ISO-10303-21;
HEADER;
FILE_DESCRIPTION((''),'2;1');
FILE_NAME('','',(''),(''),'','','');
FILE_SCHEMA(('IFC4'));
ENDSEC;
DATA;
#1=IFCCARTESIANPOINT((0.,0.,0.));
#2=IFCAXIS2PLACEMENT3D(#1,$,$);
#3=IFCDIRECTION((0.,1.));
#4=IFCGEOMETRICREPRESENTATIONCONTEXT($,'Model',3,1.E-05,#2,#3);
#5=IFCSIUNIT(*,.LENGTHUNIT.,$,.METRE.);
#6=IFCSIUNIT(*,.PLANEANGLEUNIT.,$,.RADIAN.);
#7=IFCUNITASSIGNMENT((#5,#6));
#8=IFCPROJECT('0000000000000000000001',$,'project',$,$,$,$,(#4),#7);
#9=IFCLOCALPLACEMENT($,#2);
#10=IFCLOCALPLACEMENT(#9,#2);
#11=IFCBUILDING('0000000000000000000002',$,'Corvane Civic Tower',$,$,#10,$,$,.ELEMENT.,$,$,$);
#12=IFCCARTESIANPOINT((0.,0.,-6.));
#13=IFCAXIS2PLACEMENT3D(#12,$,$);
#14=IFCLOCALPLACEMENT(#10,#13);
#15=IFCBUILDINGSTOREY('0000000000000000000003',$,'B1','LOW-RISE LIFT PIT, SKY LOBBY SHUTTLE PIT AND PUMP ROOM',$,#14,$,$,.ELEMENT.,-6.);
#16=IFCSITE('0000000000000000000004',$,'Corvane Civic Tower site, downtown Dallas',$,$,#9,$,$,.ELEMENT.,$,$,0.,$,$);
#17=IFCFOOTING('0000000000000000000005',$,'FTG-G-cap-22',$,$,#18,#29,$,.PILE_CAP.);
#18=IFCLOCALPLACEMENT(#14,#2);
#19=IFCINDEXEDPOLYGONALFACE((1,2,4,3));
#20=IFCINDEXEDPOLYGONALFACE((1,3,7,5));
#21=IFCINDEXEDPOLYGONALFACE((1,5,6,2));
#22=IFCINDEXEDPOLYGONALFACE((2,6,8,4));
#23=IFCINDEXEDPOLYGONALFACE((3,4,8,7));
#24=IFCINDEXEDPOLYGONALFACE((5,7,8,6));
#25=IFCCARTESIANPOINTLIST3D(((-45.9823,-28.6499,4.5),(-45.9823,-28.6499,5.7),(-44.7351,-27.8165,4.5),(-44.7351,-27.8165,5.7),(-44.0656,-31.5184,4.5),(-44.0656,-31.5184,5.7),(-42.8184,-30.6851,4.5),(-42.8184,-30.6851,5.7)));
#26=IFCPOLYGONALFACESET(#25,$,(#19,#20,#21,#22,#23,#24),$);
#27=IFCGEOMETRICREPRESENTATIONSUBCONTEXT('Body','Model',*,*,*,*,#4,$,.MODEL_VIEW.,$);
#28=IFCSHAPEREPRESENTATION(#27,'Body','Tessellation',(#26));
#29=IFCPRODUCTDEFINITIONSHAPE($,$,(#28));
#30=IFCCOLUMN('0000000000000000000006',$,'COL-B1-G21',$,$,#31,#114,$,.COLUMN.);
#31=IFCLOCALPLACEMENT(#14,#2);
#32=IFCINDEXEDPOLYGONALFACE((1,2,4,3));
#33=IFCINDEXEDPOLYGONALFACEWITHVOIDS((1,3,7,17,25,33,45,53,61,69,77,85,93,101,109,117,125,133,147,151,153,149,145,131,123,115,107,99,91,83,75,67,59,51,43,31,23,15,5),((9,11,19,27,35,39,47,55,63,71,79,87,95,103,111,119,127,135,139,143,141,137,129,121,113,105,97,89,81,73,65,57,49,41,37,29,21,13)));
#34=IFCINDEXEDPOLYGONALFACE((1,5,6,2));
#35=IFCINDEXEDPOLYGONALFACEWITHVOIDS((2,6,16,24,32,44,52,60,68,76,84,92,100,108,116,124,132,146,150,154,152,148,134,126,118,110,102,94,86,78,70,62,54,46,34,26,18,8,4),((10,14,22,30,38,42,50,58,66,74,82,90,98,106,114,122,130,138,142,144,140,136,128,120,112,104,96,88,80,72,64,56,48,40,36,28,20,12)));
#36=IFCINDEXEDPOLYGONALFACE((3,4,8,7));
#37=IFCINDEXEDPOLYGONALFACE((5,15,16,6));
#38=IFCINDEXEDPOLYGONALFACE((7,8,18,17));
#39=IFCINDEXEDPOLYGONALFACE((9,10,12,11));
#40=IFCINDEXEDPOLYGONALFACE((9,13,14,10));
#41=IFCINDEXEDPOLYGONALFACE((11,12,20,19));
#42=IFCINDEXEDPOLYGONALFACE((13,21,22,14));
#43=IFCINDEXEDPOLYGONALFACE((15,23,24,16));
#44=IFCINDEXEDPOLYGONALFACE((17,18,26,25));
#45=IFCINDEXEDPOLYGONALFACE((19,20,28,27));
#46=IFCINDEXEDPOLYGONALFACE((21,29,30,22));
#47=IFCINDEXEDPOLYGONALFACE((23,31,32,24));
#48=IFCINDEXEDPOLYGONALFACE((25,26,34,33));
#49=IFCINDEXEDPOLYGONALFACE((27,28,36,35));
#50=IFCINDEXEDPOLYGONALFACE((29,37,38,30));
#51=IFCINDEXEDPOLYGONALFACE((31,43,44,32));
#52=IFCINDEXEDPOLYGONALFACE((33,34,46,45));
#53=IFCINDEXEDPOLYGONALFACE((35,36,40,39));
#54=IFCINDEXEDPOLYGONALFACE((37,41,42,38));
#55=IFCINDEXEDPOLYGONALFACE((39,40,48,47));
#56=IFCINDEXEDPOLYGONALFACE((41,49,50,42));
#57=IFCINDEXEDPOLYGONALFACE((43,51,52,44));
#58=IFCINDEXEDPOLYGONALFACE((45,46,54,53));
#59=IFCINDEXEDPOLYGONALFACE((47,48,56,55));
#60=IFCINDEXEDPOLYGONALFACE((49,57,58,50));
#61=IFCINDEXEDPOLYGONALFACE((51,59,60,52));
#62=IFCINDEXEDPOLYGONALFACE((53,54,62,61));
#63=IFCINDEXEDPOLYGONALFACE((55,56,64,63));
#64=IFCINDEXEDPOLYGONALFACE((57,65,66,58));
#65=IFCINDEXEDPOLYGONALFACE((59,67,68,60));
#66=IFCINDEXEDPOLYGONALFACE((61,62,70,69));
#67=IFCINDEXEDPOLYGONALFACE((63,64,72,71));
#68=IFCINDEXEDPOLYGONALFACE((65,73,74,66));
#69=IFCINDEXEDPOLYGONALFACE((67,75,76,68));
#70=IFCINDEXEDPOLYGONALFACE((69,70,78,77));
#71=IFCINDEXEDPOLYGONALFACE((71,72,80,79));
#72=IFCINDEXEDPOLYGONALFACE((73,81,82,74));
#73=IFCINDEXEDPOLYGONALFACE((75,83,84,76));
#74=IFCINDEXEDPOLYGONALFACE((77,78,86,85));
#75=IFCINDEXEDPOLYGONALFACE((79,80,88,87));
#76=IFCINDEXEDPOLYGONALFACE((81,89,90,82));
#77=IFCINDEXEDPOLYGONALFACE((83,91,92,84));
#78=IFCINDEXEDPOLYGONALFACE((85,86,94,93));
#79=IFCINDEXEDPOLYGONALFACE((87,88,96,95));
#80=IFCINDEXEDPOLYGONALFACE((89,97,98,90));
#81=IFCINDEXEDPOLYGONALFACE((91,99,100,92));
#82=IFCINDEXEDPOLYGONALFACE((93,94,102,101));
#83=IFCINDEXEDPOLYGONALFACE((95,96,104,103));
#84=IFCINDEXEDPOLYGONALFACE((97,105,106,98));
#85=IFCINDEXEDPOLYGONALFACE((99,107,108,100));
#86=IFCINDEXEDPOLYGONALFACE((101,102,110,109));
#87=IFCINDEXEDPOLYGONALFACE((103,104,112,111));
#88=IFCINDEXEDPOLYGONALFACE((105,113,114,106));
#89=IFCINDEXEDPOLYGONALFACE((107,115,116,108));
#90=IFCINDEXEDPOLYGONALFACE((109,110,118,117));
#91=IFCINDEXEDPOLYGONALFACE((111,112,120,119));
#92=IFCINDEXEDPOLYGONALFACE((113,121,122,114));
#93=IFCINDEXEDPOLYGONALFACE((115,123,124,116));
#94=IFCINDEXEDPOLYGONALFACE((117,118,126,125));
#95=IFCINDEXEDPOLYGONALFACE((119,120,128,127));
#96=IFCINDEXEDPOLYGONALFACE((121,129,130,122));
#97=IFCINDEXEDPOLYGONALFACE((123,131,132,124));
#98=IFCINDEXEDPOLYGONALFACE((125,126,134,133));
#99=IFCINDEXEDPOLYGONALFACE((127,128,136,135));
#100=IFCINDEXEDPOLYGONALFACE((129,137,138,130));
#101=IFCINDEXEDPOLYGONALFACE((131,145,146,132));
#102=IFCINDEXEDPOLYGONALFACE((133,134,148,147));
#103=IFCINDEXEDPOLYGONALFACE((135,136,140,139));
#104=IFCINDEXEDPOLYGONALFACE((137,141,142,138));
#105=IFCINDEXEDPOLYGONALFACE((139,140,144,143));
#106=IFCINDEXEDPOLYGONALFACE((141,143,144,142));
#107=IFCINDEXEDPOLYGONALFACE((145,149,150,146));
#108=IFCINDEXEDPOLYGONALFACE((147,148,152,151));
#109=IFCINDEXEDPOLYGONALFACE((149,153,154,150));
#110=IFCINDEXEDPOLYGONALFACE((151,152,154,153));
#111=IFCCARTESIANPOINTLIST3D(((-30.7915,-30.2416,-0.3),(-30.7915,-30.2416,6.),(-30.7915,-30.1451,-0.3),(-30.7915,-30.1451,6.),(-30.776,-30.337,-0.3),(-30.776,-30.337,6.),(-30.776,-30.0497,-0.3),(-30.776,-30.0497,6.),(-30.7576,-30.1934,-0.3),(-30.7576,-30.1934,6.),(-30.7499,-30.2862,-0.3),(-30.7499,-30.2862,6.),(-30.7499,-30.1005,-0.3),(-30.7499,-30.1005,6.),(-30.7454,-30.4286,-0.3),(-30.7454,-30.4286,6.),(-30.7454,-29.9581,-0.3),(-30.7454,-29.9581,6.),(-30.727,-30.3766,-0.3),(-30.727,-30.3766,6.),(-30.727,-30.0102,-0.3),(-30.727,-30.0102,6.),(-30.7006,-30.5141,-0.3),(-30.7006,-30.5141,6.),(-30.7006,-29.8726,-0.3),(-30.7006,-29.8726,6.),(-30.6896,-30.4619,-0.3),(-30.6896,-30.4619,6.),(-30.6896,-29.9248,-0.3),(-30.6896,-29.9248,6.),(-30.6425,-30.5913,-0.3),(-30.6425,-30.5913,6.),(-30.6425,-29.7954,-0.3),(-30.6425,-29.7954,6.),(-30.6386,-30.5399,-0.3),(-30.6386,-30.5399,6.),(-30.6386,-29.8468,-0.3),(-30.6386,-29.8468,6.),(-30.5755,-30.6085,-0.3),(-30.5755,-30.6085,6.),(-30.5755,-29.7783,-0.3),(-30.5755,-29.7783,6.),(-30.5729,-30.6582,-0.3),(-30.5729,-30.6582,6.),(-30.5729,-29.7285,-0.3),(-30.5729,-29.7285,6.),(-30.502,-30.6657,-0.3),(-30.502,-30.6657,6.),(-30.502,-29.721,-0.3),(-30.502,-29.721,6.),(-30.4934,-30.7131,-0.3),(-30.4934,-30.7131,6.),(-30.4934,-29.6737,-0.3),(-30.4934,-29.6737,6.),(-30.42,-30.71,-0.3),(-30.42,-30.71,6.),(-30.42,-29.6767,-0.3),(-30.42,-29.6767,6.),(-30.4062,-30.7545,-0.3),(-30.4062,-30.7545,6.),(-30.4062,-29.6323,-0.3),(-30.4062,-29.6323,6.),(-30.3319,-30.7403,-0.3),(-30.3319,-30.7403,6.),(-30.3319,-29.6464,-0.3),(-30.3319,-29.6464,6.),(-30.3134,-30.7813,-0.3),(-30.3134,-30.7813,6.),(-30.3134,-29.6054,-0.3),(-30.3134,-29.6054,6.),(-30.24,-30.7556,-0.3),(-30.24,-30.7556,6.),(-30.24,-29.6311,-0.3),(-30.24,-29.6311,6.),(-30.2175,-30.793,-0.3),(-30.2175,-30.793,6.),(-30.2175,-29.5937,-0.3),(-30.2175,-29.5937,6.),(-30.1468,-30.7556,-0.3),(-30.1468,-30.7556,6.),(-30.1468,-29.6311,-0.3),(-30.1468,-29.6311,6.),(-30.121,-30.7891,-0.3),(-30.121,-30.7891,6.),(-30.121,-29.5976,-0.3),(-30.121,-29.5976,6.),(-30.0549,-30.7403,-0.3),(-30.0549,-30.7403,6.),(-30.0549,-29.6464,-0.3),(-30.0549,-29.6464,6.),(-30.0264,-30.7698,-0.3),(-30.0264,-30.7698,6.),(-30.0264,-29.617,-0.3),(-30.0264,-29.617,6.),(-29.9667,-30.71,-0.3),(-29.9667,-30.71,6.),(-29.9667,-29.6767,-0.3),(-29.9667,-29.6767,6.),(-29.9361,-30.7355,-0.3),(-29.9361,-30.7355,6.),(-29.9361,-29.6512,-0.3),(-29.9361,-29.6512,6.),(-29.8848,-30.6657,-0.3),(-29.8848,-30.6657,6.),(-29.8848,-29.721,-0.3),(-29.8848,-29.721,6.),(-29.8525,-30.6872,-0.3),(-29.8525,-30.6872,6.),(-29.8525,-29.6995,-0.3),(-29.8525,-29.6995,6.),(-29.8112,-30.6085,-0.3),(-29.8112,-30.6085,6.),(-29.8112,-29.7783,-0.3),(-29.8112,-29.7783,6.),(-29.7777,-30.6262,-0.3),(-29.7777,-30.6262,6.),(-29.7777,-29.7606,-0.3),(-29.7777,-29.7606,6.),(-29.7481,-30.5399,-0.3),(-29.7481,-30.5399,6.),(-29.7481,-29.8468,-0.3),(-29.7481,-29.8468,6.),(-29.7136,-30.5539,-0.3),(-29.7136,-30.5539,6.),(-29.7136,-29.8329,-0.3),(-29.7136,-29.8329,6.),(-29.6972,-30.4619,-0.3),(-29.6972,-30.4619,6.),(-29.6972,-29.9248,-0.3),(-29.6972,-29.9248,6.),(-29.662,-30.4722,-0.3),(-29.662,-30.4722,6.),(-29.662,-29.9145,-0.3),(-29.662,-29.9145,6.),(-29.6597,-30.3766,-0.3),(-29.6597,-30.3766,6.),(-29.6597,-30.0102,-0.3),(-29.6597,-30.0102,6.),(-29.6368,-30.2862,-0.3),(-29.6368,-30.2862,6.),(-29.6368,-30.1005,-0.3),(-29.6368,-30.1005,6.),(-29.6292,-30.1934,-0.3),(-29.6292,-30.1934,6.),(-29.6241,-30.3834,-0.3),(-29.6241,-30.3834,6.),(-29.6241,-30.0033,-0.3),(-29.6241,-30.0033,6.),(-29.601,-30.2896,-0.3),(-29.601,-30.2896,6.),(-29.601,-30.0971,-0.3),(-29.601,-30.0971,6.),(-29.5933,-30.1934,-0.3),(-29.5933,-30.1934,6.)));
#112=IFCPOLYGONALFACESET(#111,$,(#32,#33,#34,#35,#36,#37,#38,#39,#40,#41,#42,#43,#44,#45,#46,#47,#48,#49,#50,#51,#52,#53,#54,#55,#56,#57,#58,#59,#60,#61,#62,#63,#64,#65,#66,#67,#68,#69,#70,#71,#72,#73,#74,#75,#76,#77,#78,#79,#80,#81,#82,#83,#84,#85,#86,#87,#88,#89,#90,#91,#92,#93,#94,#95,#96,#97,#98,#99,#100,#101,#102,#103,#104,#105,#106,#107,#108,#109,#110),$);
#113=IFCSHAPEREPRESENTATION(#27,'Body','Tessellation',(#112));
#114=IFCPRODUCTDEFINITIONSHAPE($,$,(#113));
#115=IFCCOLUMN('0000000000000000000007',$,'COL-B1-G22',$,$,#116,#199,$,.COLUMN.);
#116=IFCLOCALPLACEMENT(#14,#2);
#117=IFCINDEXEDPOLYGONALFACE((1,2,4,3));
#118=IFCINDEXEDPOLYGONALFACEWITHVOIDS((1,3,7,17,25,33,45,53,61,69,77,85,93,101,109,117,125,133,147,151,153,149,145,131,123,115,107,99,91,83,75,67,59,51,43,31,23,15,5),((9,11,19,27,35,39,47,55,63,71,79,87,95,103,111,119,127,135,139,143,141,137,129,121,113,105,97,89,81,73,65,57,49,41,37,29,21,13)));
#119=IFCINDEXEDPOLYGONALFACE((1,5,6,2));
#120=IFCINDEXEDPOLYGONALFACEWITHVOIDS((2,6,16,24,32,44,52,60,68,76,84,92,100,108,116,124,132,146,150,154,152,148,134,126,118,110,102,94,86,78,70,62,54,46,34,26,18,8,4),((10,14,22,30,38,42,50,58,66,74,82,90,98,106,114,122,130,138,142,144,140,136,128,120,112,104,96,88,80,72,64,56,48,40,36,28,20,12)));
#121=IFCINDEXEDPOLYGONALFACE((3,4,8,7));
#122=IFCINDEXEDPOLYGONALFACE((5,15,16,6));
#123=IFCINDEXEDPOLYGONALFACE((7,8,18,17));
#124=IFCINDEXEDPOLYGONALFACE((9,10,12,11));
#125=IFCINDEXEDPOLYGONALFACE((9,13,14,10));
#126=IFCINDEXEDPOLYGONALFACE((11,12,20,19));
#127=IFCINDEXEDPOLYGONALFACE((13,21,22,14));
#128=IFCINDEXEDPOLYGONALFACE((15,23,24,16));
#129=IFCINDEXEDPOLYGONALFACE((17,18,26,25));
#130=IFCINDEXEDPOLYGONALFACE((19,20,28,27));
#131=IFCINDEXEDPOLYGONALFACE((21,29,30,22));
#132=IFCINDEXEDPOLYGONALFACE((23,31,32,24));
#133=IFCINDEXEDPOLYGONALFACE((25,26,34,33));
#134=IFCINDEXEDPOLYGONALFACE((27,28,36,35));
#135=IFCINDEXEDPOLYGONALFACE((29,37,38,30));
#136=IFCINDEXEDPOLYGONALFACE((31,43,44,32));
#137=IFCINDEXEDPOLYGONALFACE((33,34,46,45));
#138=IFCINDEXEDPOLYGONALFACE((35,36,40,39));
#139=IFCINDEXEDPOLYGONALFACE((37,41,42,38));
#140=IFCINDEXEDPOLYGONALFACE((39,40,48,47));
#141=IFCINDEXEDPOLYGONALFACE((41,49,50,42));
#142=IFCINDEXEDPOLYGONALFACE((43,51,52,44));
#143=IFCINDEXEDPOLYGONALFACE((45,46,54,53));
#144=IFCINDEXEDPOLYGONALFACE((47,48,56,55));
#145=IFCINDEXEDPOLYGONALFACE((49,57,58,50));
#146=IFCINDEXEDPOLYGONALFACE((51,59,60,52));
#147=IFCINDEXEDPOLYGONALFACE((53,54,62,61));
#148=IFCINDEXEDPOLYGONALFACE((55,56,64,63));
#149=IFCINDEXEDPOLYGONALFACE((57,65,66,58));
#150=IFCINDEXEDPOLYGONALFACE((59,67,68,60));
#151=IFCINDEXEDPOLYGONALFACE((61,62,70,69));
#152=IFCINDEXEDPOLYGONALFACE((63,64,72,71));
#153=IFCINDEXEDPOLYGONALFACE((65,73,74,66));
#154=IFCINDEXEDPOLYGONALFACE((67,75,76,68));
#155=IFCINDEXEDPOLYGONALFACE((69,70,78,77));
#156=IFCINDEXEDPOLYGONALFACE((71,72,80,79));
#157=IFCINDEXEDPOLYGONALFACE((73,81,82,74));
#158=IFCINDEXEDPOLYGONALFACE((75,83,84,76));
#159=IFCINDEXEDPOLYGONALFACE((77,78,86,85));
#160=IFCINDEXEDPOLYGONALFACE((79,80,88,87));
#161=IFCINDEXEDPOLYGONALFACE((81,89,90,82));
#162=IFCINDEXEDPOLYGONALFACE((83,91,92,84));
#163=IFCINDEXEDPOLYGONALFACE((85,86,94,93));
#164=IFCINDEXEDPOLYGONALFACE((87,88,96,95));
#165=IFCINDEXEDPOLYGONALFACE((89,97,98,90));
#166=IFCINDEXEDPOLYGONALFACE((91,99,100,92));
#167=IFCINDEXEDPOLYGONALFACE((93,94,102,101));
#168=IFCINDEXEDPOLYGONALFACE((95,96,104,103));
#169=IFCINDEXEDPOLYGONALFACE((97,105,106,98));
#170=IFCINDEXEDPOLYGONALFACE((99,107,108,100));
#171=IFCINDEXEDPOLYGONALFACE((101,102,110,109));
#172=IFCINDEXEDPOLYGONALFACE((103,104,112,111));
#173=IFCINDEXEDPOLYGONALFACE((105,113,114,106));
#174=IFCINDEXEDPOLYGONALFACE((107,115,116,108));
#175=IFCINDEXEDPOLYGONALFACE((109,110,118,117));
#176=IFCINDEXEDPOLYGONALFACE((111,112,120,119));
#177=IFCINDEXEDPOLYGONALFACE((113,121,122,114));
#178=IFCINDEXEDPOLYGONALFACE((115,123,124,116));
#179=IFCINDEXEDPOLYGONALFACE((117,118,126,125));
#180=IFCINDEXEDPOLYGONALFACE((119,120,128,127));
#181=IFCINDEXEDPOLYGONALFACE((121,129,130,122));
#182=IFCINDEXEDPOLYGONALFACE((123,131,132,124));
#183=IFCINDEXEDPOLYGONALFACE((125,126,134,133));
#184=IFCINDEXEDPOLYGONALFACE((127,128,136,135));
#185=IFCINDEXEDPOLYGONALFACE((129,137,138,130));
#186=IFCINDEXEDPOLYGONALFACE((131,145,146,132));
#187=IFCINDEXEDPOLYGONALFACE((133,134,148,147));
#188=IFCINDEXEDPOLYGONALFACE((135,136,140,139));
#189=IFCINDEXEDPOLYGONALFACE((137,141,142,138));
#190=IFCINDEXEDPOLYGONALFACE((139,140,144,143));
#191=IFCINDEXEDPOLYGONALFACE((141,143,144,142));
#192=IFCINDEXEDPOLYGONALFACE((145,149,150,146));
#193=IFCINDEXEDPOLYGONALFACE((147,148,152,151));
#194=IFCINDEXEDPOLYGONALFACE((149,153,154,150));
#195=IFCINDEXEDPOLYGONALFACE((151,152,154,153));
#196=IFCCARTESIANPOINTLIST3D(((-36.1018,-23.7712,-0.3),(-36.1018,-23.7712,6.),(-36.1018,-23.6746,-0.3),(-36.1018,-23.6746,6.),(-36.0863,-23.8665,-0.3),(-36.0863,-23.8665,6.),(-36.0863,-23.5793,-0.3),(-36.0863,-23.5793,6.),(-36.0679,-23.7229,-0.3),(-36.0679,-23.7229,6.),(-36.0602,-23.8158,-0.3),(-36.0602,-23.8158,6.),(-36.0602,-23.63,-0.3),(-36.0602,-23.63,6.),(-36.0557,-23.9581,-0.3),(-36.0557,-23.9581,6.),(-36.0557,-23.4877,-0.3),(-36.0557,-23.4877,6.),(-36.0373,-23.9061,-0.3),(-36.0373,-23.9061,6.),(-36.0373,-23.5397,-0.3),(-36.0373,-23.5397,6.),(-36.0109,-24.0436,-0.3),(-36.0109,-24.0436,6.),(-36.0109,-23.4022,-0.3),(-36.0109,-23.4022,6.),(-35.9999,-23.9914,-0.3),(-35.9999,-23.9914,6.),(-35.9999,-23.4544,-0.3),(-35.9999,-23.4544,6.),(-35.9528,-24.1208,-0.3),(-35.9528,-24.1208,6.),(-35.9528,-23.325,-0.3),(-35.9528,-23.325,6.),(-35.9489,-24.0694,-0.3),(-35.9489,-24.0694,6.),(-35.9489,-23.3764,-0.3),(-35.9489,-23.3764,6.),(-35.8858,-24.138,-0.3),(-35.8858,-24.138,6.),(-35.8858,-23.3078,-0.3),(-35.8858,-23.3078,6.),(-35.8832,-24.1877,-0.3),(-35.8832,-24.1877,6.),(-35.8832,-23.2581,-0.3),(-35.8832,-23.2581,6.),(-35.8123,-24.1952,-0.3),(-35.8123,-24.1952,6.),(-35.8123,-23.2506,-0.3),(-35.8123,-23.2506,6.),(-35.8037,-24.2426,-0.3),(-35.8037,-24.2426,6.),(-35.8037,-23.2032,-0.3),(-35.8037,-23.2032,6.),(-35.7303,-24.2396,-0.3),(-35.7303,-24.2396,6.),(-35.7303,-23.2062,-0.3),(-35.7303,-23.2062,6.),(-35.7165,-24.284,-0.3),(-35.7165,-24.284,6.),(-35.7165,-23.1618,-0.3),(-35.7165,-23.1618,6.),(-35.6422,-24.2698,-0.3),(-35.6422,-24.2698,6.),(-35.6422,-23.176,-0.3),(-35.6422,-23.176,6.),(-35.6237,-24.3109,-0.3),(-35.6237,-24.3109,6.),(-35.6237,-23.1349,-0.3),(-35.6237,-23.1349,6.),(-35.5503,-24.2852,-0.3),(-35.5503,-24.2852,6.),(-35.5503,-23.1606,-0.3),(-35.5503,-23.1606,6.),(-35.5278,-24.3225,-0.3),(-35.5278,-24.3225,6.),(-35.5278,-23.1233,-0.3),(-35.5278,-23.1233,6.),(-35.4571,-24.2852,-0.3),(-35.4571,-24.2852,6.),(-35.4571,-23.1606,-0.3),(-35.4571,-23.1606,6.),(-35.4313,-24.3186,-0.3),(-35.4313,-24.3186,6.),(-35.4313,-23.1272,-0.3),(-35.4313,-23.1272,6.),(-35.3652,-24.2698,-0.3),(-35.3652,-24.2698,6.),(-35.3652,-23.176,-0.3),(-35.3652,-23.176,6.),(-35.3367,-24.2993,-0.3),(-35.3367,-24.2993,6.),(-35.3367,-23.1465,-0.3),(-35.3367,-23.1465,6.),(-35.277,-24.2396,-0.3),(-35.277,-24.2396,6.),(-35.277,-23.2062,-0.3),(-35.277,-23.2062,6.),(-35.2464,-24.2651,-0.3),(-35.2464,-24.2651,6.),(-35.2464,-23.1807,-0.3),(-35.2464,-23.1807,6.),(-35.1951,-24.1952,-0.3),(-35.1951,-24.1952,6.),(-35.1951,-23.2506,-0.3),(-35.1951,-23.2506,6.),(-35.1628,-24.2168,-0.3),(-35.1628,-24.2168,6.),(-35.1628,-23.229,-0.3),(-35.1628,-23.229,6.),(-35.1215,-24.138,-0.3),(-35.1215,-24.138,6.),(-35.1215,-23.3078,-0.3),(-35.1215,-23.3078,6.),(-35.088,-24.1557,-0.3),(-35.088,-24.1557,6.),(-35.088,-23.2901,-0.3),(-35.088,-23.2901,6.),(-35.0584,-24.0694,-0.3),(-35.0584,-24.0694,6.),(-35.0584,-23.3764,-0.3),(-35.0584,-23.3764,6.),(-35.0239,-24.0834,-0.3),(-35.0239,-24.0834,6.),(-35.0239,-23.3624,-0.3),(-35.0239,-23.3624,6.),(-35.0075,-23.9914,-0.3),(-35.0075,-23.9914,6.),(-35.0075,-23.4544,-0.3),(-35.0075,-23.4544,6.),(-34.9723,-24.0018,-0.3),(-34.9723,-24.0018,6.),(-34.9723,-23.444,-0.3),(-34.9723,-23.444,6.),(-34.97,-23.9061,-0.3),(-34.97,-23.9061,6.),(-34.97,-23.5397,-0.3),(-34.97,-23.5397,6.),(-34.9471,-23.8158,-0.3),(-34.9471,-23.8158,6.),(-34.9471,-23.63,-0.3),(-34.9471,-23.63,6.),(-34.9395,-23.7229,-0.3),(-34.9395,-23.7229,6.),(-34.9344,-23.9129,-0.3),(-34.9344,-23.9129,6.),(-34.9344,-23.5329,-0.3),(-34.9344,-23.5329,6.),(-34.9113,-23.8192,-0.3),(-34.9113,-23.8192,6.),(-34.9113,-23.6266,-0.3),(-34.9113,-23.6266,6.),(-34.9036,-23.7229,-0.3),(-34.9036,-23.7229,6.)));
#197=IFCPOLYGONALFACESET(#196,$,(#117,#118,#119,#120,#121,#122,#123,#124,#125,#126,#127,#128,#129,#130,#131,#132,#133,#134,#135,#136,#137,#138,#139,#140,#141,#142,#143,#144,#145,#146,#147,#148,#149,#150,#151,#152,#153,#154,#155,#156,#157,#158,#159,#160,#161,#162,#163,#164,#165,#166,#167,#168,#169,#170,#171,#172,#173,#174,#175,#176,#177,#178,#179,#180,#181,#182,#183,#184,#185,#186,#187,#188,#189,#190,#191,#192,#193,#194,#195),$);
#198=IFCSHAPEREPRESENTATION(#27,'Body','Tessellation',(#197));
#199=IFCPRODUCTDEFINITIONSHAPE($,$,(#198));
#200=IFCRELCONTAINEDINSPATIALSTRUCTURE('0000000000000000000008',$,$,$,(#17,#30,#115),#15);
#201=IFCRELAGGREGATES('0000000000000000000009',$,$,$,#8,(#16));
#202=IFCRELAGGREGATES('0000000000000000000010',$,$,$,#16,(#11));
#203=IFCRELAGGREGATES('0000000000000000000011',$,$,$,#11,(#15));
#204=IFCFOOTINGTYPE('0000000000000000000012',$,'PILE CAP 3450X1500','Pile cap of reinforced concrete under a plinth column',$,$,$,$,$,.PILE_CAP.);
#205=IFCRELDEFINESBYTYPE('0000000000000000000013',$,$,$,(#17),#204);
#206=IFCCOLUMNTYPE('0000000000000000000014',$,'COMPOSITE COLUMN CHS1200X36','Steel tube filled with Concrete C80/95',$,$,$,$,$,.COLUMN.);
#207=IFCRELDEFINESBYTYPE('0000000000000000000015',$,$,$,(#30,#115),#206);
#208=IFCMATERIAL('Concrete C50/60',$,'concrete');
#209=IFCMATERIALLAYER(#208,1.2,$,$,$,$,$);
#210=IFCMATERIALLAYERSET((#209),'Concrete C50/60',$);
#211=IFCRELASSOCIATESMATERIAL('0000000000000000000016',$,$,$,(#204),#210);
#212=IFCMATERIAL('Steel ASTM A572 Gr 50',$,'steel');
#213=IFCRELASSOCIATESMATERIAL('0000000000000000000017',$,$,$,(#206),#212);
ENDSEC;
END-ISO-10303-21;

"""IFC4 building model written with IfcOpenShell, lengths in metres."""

from ifc_helpers import new_model, si_unit, direction, frame, origin, origin_2d, place, context, subcontext, project, spatial, rectangle, hollow_circle, extrude, material, layer, layer_set, material_profile, profile_set, type_object, element, save


model = new_model("IFC4")

# Units and contexts
model_context = context("Model", 3, precision=1e-05, world=origin(), true_north=direction((0.0, 1.0)))
body_context = subcontext(model_context, "Body", "Model", "MODEL_VIEW")
ifc_project = project(units=[si_unit("LENGTHUNIT", "METRE"), si_unit("PLANEANGLEUNIT", "RADIAN")], contexts=[model_context])

# Site, building, storey
site_placement = place(None, origin())
site = spatial("IfcSite", under=ifc_project, at=site_placement, Name="Corvane Civic Tower site, downtown Dallas", CompositionType="ELEMENT", RefElevation=0.0)
building_placement = place(site_placement, origin())
building = spatial("IfcBuilding", under=site, at=building_placement, Name="Corvane Civic Tower", CompositionType="ELEMENT")
storey_placement = place(building_placement, frame((0.0, 0.0, -6.0)))
storey = spatial("IfcBuildingStorey", under=building, at=storey_placement, Name="B1", Description="LOW-RISE LIFT PIT, SKY LOBBY SHUTTLE PIT AND PUMP ROOM", CompositionType="ELEMENT", Elevation=-6.0)

# Footing
ifc_material_1 = material(Name="Concrete C50/60", Category="concrete")
ifc_layer = layer(ifc_material_1, 1.2)
ifc_layer_set = layer_set([ifc_layer], Name="Concrete C50/60")
footing_type_1 = type_object("IfcFootingType", Name="PILE CAP 3450X1500", Description="Pile cap of reinforced concrete under a plinth column", PredefinedType="PILE_CAP", material=ifc_layer_set)
for number, where, z_axis, x_axis, name in (
    (1, (-44.4004, -29.6675, 4.5), (0.0, 0.0, 1.0), (0.55557, -0.83147, 0.0), "FTG-G-cap-22"),
):
    element("IfcFooting", number, at=place(storey_placement, frame(where, z_axis=z_axis, x_axis=x_axis)), inside=storey, type_object=footing_type_1, Name=name, PredefinedType="PILE_CAP", context=body_context, shape_type="SweptSolid", body=[
        extrude(rectangle(XDim=3.45, YDim=1.5, at=origin_2d()), origin(), (0.0, 0.0, 1.0), 1.2),
    ])

# Columns
ifc_material_2 = material(Name="Steel ASTM A572 Gr 50", Category="steel")
ifc_material_profile_1 = material_profile(ifc_material_2, hollow_circle(Radius=0.6001, WallThickness=0.0359, at=origin_2d()), Name="CHS1200X36")
ifc_profile_set_1 = profile_set([ifc_material_profile_1], Name="Steel ASTM A572 Gr 50")
column_type_1 = type_object("IfcColumnType", Name="COMPOSITE COLUMN CHS1200X36", Description="Steel tube filled with Concrete C80/95", PredefinedType="COLUMN", material=ifc_profile_set_1)
for number, where, z_axis, x_axis, name in (
    (2, (-30.1934, -30.1934, -0.3), (0.0, 0.0, 1.0), (1.0, 0.0, 0.0), "COL-B1-G21"),
    (3, (-35.5037, -23.7229, -0.3), (0.0, 0.0, 1.0), (1.0, 0.0, 0.0), "COL-B1-G22"),
):
    element("IfcColumn", number, at=place(storey_placement, frame(where, z_axis=z_axis, x_axis=x_axis)), inside=storey, type_object=column_type_1, Name=name, PredefinedType="COLUMN", context=body_context, shape_type="SweptSolid", body=[
        extrude(hollow_circle(Radius=0.6001, WallThickness=0.0359, at=origin_2d()), origin(), (0.0, 0.0, 1.0), 6.3),
    ])

save(model, "model.ifc")
